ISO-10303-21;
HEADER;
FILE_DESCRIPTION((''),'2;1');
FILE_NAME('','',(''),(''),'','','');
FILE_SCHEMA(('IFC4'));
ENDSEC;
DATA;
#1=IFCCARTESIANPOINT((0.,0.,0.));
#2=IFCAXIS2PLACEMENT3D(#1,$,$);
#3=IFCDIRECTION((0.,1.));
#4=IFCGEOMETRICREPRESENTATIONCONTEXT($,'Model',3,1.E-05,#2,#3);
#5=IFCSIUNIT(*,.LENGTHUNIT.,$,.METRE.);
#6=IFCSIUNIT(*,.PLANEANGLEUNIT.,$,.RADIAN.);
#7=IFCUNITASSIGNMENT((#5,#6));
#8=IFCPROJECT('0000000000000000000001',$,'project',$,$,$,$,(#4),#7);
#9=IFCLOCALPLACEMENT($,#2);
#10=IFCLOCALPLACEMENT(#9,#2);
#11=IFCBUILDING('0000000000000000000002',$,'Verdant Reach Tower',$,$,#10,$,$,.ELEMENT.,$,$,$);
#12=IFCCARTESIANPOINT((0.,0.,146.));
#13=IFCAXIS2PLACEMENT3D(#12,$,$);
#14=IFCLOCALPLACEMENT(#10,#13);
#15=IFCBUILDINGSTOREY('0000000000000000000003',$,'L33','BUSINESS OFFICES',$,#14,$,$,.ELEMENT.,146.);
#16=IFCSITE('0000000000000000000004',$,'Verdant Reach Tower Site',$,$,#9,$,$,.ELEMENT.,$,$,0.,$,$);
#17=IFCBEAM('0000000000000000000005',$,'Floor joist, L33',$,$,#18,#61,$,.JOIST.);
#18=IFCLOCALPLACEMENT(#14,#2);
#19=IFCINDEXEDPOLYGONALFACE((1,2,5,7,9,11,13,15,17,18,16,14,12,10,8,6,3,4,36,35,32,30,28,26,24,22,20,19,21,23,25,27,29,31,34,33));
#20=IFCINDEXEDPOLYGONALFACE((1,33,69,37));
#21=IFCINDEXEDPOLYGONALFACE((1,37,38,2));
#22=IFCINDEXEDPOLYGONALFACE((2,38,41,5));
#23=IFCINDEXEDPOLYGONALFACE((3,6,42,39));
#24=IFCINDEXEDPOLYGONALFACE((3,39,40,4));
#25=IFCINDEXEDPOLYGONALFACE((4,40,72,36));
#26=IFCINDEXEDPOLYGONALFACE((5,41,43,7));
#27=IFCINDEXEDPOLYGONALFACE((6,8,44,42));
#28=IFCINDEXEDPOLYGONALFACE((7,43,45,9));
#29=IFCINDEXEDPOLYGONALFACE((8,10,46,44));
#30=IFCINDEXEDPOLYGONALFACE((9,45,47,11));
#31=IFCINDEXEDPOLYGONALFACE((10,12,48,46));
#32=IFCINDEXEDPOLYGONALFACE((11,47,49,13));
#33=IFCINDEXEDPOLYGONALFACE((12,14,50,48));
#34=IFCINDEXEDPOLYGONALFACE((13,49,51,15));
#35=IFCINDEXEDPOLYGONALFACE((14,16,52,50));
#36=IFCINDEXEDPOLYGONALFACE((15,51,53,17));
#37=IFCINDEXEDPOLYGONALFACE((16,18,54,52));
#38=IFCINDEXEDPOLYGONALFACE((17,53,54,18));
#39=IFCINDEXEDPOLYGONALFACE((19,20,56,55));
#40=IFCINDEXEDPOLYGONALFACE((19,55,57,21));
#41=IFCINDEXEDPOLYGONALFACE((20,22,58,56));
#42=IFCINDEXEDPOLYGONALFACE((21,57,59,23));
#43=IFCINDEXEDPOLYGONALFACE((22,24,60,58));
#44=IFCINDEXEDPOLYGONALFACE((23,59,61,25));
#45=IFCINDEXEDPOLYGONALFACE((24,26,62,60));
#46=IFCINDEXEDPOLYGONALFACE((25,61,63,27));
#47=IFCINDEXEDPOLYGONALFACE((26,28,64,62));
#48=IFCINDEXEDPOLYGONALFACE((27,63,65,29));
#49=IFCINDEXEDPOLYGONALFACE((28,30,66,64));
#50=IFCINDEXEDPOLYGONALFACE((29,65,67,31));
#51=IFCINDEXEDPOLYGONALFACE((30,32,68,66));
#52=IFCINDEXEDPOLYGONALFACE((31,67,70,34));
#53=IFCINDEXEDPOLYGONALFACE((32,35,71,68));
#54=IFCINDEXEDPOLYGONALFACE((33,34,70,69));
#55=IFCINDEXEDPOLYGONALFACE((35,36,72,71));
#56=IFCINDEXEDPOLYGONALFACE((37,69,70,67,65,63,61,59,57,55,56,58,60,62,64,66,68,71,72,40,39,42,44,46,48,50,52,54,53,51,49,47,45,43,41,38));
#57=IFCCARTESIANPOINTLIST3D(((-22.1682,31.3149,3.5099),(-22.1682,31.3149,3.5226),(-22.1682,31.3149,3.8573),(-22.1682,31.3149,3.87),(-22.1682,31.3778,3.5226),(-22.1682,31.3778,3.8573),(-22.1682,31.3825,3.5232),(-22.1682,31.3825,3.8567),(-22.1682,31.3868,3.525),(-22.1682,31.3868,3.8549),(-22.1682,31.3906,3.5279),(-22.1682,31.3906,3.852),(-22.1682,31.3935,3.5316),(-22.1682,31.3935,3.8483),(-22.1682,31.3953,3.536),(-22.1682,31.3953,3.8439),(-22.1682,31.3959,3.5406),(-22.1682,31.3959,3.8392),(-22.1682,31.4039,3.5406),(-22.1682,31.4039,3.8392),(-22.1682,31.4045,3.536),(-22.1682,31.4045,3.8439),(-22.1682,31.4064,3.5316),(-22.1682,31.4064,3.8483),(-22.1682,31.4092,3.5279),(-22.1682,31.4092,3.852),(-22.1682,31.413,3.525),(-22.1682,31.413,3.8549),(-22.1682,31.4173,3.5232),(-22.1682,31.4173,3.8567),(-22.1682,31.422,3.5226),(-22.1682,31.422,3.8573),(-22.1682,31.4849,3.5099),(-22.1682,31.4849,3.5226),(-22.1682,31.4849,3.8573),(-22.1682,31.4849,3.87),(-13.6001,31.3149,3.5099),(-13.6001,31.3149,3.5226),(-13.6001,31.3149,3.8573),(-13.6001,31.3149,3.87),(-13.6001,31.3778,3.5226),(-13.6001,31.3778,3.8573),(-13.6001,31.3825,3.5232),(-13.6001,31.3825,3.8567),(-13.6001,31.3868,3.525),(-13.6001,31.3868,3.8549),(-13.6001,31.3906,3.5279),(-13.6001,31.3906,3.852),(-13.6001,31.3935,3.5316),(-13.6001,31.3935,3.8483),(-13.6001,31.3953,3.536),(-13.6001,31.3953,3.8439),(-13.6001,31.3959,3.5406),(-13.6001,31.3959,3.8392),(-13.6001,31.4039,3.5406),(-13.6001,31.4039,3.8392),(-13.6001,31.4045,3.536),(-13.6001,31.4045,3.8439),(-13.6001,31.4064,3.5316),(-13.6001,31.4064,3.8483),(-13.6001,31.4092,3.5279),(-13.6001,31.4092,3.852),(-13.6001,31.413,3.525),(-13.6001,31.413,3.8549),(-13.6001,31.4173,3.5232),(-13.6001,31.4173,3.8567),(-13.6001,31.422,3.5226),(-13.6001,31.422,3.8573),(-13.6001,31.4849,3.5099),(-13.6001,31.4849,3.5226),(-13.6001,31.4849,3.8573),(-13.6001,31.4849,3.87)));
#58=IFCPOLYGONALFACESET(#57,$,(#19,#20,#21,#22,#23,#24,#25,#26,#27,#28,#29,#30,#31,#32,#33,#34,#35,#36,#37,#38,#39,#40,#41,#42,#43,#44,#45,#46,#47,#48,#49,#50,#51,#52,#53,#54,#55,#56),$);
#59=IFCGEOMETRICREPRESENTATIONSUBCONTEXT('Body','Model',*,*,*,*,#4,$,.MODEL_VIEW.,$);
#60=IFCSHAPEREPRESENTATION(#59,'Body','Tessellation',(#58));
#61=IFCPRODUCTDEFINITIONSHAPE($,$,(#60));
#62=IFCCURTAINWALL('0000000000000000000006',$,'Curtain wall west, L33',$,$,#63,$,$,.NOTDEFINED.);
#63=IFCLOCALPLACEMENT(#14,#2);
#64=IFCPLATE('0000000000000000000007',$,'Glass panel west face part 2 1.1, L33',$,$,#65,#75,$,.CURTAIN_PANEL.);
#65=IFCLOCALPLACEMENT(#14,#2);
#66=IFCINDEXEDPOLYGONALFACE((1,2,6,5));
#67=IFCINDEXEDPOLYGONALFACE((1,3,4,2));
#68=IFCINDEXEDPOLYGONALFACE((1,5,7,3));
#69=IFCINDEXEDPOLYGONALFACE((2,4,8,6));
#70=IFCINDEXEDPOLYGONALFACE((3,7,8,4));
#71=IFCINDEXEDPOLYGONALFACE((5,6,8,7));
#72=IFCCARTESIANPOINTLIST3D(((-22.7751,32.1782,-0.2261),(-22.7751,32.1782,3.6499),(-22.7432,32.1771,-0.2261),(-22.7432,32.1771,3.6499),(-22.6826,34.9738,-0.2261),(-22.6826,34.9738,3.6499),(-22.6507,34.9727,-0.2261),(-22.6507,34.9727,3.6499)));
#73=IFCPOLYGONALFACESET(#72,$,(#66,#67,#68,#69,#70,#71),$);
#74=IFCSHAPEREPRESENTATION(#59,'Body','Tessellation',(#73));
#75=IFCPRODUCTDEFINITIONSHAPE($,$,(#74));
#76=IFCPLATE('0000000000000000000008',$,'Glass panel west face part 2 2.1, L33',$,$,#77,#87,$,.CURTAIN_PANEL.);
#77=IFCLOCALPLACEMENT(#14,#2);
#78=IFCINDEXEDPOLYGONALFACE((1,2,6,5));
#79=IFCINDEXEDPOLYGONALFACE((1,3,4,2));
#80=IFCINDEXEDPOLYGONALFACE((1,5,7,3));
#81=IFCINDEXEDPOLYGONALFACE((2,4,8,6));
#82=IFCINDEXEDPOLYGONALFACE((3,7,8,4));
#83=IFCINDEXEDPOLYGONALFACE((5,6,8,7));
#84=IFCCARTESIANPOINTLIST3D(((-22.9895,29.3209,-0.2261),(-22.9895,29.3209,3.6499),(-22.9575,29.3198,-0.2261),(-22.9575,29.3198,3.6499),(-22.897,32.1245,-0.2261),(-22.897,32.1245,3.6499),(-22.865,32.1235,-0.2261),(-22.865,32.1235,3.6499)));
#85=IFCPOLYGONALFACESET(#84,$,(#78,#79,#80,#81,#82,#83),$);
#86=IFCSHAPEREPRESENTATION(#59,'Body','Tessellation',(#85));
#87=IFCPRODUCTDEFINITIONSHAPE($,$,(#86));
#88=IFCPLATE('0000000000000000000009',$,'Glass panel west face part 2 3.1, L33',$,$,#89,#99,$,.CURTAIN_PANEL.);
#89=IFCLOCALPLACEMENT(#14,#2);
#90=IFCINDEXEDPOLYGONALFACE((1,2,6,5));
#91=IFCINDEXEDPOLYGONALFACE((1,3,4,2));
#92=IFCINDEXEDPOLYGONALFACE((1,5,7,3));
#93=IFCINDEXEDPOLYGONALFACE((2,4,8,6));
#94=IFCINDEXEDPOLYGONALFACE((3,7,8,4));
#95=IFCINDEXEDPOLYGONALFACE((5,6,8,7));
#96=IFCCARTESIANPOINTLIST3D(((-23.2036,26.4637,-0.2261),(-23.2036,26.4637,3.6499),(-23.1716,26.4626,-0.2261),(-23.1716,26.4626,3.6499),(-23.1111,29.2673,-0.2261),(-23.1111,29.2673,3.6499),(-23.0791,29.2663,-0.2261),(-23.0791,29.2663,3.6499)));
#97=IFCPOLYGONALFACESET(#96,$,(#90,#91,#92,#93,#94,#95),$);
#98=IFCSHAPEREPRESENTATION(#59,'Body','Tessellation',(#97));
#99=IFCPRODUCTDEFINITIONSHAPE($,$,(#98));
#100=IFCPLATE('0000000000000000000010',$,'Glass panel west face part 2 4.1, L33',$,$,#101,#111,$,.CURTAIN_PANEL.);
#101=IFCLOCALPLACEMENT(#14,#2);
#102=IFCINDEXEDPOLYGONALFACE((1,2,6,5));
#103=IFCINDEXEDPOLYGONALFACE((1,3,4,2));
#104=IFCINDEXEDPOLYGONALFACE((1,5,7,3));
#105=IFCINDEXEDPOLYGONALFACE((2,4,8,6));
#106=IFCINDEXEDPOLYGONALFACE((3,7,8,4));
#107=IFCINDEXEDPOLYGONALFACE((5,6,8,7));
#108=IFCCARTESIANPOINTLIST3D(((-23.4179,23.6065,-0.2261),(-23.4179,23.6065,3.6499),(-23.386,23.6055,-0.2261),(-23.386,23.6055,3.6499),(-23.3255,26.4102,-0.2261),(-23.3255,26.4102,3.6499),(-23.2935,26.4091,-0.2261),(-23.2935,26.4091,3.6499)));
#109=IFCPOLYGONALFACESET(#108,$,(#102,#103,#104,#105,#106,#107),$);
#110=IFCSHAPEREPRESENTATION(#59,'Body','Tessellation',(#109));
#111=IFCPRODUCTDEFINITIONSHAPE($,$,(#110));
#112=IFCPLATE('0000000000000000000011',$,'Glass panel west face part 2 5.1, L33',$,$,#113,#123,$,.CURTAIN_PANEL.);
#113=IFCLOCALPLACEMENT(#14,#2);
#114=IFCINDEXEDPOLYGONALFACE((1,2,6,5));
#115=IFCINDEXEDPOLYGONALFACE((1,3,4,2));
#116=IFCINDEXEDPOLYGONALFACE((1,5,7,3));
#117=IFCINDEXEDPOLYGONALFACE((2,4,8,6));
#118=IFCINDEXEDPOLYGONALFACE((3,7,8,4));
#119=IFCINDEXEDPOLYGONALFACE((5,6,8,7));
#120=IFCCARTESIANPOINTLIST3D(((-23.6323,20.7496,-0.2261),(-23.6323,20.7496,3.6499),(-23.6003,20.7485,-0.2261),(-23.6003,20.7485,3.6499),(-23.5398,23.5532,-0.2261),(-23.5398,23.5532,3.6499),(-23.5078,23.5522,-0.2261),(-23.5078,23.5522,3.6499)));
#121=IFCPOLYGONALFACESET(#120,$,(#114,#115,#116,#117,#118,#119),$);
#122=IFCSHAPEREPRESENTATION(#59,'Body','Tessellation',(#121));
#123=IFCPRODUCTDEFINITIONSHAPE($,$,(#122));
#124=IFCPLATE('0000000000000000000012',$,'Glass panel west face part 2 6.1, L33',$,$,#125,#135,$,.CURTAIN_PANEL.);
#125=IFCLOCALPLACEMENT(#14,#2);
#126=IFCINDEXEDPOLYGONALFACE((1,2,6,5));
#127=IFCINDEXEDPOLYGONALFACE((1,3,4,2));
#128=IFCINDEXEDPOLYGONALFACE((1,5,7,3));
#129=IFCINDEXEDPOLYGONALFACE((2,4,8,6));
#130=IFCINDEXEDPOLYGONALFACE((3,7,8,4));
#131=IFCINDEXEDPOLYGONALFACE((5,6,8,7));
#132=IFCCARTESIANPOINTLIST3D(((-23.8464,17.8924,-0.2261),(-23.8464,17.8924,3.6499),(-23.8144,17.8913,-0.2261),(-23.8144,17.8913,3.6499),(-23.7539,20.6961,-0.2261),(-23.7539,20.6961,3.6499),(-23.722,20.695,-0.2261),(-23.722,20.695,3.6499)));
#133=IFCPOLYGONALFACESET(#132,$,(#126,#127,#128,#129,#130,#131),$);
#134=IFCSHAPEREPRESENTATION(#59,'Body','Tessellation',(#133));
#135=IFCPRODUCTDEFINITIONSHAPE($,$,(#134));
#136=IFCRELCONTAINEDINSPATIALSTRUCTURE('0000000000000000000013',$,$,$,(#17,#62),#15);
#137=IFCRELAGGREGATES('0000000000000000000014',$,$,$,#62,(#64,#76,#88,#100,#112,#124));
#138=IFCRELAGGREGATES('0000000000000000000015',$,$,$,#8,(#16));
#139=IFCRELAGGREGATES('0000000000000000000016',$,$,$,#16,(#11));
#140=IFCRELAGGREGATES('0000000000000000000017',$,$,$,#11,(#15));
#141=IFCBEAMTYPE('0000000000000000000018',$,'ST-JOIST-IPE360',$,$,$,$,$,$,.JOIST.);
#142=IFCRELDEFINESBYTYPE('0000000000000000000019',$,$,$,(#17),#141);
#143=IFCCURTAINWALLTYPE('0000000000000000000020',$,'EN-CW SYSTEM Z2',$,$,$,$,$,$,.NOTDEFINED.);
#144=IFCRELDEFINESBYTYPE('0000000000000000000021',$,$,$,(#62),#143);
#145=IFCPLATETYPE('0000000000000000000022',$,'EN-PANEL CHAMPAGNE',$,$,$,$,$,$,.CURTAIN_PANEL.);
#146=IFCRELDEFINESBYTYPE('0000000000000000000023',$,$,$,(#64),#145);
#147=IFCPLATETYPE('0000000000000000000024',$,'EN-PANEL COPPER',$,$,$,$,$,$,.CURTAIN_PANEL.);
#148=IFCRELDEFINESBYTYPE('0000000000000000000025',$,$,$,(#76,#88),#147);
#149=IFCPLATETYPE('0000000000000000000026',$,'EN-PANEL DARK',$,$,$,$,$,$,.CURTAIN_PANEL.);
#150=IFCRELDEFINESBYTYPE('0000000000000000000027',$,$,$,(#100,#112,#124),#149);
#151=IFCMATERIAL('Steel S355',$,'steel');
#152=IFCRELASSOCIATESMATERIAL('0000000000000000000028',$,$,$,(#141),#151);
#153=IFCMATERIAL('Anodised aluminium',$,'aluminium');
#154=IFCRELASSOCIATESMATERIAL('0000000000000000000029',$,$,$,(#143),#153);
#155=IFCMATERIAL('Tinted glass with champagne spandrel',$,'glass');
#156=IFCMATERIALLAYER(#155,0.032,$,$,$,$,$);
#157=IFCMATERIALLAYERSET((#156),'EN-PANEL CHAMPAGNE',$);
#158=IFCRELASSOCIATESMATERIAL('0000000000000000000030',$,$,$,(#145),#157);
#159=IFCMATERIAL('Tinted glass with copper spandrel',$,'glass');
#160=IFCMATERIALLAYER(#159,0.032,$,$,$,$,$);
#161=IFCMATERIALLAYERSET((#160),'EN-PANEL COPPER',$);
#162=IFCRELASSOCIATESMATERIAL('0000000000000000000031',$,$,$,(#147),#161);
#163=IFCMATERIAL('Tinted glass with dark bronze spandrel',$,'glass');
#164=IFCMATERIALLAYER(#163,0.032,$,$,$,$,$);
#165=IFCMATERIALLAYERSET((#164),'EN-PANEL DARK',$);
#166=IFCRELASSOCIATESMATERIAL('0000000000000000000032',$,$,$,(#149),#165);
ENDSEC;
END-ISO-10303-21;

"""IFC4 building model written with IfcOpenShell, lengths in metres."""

from ifc_helpers import new_model, si_unit, direction, frame, origin, origin_2d, place, context, subcontext, project, spatial, rectangle, i_section, extrude, material, layer, layer_set, material_profile, profile_set, type_object, element, aggregate, save


model = new_model("IFC4")

# Units and contexts
model_context = context("Model", 3, precision=1e-05, world=origin(), true_north=direction((0.0, 1.0)))
body_context = subcontext(model_context, "Body", "Model", "MODEL_VIEW")
ifc_project = project(units=[si_unit("LENGTHUNIT", "METRE"), si_unit("PLANEANGLEUNIT", "RADIAN")], contexts=[model_context])

# Site, building, storey
site_placement = place(None, origin())
site = spatial("IfcSite", under=ifc_project, at=site_placement, Name="Verdant Reach Tower Site", CompositionType="ELEMENT", RefElevation=0.0)
building_placement = place(site_placement, origin())
building = spatial("IfcBuilding", under=site, at=building_placement, Name="Verdant Reach Tower", CompositionType="ELEMENT")
storey_placement = place(building_placement, frame((0.0, 0.0, 146.0)))
storey = spatial("IfcBuildingStorey", under=building, at=storey_placement, Name="L33", Description="BUSINESS OFFICES", CompositionType="ELEMENT", Elevation=146.0)

# Beam
ifc_material_1 = material(Name="Steel S355", Category="steel")
ifc_material_profile_1 = material_profile(ifc_material_1, i_section(OverallWidth=0.1699, OverallDepth=0.3601, WebThickness=0.0081, FlangeThickness=0.0127, FilletRadius=0.0181, at=origin_2d()), Name="IPE 360")
ifc_profile_set_1 = profile_set([ifc_material_profile_1], Name="Steel S355")
beam_type = type_object("IfcBeamType", Name="ST-JOIST-IPE360", PredefinedType="JOIST", material=ifc_profile_set_1)
beam_1_placement = place(storey_placement, frame((-13.6001, 31.3999, 3.6899), z_axis=(-1.0, 0.0, 0.0), x_axis=(0.0, -1.0, 0.0)))
element("IfcBeam", 1, at=beam_1_placement, inside=storey, type_object=beam_type, Name="Floor joist, L33", PredefinedType="JOIST", context=body_context, shape_type="SweptSolid", body=[
    extrude(i_section(OverallWidth=0.1699, OverallDepth=0.3601, WebThickness=0.0081, FlangeThickness=0.0127, FilletRadius=0.0181, at=origin_2d()), origin(), (0.0, 0.0, 1.0), 8.5681),
])

# Curtain wall, plates
ifc_material_2 = material(Name="Anodised aluminium", Category="aluminium")
curtain_wall_type = type_object("IfcCurtainWallType", Name="EN-CW SYSTEM Z2", PredefinedType="NOTDEFINED", material=ifc_material_2)
curtain_wall_placement = place(storey_placement, origin())
curtain_wall = element("IfcCurtainWall", 2, at=curtain_wall_placement, inside=storey, type_object=curtain_wall_type, Name="Curtain wall west, L33", PredefinedType="NOTDEFINED")
ifc_material_3 = material(Name="Tinted glass with champagne spandrel", Category="glass")
ifc_layer_1 = layer(ifc_material_3, 0.032)
ifc_layer_set_1 = layer_set([ifc_layer_1], Name="EN-PANEL CHAMPAGNE")
plate_type_1 = type_object("IfcPlateType", Name="EN-PANEL CHAMPAGNE", PredefinedType="CURTAIN_PANEL", material=ifc_layer_set_1)
plate_1_placement = place(storey_placement, frame((-22.7129, 33.5754, -0.2261), z_axis=(0.0, 0.0, 1.0), x_axis=(-0.03307, -0.999453, 0.0)))
plate_1 = element("IfcPlate", 3, at=plate_1_placement, type_object=plate_type_1, Name="Glass panel west face part 2 1.1, L33", PredefinedType="CURTAIN_PANEL", context=body_context, shape_type="SweptSolid", body=[
    extrude(rectangle(XDim=2.7971, YDim=0.032, at=origin_2d()), origin(), (0.0, 0.0, 1.0), 3.876),
])
ifc_material_4 = material(Name="Tinted glass with copper spandrel", Category="glass")
ifc_layer_2 = layer(ifc_material_4, 0.032)
ifc_layer_set_2 = layer_set([ifc_layer_2], Name="EN-PANEL COPPER")
plate_type_2 = type_object("IfcPlateType", Name="EN-PANEL COPPER", PredefinedType="CURTAIN_PANEL", material=ifc_layer_set_2)
plate_2_placement = place(storey_placement, frame((-22.9272, 30.7222, -0.2261), z_axis=(0.0, 0.0, 1.0), x_axis=(-0.032966, -0.999456, 0.0)))
plate_2 = element("IfcPlate", 4, at=plate_2_placement, type_object=plate_type_2, Name="Glass panel west face part 2 2.1, L33", PredefinedType="CURTAIN_PANEL", context=body_context, shape_type="SweptSolid", body=[
    extrude(rectangle(XDim=2.8052, YDim=0.032, at=origin_2d()), origin(), (0.0, 0.0, 1.0), 3.876),
])
plate_3_placement = place(storey_placement, frame((-23.1414, 27.865, -0.2261), z_axis=(0.0, 0.0, 1.0), x_axis=(-0.032966, -0.999456, 0.0)))
plate_3 = element("IfcPlate", 5, at=plate_3_placement, type_object=plate_type_2, Name="Glass panel west face part 2 3.1, L33", PredefinedType="CURTAIN_PANEL", context=body_context, shape_type="SweptSolid", body=[
    extrude(rectangle(XDim=2.8052, YDim=0.032, at=origin_2d()), origin(), (0.0, 0.0, 1.0), 3.876),
])
ifc_material_5 = material(Name="Tinted glass with dark bronze spandrel", Category="glass")
ifc_layer_3 = layer(ifc_material_5, 0.032)
ifc_layer_set_3 = layer_set([ifc_layer_3], Name="EN-PANEL DARK")
plate_type_3 = type_object("IfcPlateType", Name="EN-PANEL DARK", PredefinedType="CURTAIN_PANEL", material=ifc_layer_set_3)
plate_4_placement = place(storey_placement, frame((-23.3557, 25.0078, -0.2261), z_axis=(0.0, 0.0, 1.0), x_axis=(-0.032966, -0.999456, 0.0)))
plate_4 = element("IfcPlate", 6, at=plate_4_placement, type_object=plate_type_3, Name="Glass panel west face part 2 4.1, L33", PredefinedType="CURTAIN_PANEL", context=body_context, shape_type="SweptSolid", body=[
    extrude(rectangle(XDim=2.8052, YDim=0.032, at=origin_2d()), origin(), (0.0, 0.0, 1.0), 3.876),
])
plate_5_placement = place(storey_placement, frame((-23.5701, 22.1509, -0.2261), z_axis=(0.0, 0.0, 1.0), x_axis=(-0.032966, -0.999456, 0.0)))
plate_5 = element("IfcPlate", 7, at=plate_5_placement, type_object=plate_type_3, Name="Glass panel west face part 2 5.1, L33", PredefinedType="CURTAIN_PANEL", context=body_context, shape_type="SweptSolid", body=[
    extrude(rectangle(XDim=2.8052, YDim=0.032, at=origin_2d()), origin(), (0.0, 0.0, 1.0), 3.876),
])
plate_6_placement = place(storey_placement, frame((-23.7842, 19.2937, -0.2261), z_axis=(0.0, 0.0, 1.0), x_axis=(-0.032966, -0.999456, 0.0)))
plate_6 = element("IfcPlate", 8, at=plate_6_placement, type_object=plate_type_3, Name="Glass panel west face part 2 6.1, L33", PredefinedType="CURTAIN_PANEL", context=body_context, shape_type="SweptSolid", body=[
    extrude(rectangle(XDim=2.8052, YDim=0.032, at=origin_2d()), origin(), (0.0, 0.0, 1.0), 3.876),
])
aggregate(curtain_wall, [plate_1, plate_2, plate_3, plate_4, plate_5, plate_6])

save(model, "model.ifc")
